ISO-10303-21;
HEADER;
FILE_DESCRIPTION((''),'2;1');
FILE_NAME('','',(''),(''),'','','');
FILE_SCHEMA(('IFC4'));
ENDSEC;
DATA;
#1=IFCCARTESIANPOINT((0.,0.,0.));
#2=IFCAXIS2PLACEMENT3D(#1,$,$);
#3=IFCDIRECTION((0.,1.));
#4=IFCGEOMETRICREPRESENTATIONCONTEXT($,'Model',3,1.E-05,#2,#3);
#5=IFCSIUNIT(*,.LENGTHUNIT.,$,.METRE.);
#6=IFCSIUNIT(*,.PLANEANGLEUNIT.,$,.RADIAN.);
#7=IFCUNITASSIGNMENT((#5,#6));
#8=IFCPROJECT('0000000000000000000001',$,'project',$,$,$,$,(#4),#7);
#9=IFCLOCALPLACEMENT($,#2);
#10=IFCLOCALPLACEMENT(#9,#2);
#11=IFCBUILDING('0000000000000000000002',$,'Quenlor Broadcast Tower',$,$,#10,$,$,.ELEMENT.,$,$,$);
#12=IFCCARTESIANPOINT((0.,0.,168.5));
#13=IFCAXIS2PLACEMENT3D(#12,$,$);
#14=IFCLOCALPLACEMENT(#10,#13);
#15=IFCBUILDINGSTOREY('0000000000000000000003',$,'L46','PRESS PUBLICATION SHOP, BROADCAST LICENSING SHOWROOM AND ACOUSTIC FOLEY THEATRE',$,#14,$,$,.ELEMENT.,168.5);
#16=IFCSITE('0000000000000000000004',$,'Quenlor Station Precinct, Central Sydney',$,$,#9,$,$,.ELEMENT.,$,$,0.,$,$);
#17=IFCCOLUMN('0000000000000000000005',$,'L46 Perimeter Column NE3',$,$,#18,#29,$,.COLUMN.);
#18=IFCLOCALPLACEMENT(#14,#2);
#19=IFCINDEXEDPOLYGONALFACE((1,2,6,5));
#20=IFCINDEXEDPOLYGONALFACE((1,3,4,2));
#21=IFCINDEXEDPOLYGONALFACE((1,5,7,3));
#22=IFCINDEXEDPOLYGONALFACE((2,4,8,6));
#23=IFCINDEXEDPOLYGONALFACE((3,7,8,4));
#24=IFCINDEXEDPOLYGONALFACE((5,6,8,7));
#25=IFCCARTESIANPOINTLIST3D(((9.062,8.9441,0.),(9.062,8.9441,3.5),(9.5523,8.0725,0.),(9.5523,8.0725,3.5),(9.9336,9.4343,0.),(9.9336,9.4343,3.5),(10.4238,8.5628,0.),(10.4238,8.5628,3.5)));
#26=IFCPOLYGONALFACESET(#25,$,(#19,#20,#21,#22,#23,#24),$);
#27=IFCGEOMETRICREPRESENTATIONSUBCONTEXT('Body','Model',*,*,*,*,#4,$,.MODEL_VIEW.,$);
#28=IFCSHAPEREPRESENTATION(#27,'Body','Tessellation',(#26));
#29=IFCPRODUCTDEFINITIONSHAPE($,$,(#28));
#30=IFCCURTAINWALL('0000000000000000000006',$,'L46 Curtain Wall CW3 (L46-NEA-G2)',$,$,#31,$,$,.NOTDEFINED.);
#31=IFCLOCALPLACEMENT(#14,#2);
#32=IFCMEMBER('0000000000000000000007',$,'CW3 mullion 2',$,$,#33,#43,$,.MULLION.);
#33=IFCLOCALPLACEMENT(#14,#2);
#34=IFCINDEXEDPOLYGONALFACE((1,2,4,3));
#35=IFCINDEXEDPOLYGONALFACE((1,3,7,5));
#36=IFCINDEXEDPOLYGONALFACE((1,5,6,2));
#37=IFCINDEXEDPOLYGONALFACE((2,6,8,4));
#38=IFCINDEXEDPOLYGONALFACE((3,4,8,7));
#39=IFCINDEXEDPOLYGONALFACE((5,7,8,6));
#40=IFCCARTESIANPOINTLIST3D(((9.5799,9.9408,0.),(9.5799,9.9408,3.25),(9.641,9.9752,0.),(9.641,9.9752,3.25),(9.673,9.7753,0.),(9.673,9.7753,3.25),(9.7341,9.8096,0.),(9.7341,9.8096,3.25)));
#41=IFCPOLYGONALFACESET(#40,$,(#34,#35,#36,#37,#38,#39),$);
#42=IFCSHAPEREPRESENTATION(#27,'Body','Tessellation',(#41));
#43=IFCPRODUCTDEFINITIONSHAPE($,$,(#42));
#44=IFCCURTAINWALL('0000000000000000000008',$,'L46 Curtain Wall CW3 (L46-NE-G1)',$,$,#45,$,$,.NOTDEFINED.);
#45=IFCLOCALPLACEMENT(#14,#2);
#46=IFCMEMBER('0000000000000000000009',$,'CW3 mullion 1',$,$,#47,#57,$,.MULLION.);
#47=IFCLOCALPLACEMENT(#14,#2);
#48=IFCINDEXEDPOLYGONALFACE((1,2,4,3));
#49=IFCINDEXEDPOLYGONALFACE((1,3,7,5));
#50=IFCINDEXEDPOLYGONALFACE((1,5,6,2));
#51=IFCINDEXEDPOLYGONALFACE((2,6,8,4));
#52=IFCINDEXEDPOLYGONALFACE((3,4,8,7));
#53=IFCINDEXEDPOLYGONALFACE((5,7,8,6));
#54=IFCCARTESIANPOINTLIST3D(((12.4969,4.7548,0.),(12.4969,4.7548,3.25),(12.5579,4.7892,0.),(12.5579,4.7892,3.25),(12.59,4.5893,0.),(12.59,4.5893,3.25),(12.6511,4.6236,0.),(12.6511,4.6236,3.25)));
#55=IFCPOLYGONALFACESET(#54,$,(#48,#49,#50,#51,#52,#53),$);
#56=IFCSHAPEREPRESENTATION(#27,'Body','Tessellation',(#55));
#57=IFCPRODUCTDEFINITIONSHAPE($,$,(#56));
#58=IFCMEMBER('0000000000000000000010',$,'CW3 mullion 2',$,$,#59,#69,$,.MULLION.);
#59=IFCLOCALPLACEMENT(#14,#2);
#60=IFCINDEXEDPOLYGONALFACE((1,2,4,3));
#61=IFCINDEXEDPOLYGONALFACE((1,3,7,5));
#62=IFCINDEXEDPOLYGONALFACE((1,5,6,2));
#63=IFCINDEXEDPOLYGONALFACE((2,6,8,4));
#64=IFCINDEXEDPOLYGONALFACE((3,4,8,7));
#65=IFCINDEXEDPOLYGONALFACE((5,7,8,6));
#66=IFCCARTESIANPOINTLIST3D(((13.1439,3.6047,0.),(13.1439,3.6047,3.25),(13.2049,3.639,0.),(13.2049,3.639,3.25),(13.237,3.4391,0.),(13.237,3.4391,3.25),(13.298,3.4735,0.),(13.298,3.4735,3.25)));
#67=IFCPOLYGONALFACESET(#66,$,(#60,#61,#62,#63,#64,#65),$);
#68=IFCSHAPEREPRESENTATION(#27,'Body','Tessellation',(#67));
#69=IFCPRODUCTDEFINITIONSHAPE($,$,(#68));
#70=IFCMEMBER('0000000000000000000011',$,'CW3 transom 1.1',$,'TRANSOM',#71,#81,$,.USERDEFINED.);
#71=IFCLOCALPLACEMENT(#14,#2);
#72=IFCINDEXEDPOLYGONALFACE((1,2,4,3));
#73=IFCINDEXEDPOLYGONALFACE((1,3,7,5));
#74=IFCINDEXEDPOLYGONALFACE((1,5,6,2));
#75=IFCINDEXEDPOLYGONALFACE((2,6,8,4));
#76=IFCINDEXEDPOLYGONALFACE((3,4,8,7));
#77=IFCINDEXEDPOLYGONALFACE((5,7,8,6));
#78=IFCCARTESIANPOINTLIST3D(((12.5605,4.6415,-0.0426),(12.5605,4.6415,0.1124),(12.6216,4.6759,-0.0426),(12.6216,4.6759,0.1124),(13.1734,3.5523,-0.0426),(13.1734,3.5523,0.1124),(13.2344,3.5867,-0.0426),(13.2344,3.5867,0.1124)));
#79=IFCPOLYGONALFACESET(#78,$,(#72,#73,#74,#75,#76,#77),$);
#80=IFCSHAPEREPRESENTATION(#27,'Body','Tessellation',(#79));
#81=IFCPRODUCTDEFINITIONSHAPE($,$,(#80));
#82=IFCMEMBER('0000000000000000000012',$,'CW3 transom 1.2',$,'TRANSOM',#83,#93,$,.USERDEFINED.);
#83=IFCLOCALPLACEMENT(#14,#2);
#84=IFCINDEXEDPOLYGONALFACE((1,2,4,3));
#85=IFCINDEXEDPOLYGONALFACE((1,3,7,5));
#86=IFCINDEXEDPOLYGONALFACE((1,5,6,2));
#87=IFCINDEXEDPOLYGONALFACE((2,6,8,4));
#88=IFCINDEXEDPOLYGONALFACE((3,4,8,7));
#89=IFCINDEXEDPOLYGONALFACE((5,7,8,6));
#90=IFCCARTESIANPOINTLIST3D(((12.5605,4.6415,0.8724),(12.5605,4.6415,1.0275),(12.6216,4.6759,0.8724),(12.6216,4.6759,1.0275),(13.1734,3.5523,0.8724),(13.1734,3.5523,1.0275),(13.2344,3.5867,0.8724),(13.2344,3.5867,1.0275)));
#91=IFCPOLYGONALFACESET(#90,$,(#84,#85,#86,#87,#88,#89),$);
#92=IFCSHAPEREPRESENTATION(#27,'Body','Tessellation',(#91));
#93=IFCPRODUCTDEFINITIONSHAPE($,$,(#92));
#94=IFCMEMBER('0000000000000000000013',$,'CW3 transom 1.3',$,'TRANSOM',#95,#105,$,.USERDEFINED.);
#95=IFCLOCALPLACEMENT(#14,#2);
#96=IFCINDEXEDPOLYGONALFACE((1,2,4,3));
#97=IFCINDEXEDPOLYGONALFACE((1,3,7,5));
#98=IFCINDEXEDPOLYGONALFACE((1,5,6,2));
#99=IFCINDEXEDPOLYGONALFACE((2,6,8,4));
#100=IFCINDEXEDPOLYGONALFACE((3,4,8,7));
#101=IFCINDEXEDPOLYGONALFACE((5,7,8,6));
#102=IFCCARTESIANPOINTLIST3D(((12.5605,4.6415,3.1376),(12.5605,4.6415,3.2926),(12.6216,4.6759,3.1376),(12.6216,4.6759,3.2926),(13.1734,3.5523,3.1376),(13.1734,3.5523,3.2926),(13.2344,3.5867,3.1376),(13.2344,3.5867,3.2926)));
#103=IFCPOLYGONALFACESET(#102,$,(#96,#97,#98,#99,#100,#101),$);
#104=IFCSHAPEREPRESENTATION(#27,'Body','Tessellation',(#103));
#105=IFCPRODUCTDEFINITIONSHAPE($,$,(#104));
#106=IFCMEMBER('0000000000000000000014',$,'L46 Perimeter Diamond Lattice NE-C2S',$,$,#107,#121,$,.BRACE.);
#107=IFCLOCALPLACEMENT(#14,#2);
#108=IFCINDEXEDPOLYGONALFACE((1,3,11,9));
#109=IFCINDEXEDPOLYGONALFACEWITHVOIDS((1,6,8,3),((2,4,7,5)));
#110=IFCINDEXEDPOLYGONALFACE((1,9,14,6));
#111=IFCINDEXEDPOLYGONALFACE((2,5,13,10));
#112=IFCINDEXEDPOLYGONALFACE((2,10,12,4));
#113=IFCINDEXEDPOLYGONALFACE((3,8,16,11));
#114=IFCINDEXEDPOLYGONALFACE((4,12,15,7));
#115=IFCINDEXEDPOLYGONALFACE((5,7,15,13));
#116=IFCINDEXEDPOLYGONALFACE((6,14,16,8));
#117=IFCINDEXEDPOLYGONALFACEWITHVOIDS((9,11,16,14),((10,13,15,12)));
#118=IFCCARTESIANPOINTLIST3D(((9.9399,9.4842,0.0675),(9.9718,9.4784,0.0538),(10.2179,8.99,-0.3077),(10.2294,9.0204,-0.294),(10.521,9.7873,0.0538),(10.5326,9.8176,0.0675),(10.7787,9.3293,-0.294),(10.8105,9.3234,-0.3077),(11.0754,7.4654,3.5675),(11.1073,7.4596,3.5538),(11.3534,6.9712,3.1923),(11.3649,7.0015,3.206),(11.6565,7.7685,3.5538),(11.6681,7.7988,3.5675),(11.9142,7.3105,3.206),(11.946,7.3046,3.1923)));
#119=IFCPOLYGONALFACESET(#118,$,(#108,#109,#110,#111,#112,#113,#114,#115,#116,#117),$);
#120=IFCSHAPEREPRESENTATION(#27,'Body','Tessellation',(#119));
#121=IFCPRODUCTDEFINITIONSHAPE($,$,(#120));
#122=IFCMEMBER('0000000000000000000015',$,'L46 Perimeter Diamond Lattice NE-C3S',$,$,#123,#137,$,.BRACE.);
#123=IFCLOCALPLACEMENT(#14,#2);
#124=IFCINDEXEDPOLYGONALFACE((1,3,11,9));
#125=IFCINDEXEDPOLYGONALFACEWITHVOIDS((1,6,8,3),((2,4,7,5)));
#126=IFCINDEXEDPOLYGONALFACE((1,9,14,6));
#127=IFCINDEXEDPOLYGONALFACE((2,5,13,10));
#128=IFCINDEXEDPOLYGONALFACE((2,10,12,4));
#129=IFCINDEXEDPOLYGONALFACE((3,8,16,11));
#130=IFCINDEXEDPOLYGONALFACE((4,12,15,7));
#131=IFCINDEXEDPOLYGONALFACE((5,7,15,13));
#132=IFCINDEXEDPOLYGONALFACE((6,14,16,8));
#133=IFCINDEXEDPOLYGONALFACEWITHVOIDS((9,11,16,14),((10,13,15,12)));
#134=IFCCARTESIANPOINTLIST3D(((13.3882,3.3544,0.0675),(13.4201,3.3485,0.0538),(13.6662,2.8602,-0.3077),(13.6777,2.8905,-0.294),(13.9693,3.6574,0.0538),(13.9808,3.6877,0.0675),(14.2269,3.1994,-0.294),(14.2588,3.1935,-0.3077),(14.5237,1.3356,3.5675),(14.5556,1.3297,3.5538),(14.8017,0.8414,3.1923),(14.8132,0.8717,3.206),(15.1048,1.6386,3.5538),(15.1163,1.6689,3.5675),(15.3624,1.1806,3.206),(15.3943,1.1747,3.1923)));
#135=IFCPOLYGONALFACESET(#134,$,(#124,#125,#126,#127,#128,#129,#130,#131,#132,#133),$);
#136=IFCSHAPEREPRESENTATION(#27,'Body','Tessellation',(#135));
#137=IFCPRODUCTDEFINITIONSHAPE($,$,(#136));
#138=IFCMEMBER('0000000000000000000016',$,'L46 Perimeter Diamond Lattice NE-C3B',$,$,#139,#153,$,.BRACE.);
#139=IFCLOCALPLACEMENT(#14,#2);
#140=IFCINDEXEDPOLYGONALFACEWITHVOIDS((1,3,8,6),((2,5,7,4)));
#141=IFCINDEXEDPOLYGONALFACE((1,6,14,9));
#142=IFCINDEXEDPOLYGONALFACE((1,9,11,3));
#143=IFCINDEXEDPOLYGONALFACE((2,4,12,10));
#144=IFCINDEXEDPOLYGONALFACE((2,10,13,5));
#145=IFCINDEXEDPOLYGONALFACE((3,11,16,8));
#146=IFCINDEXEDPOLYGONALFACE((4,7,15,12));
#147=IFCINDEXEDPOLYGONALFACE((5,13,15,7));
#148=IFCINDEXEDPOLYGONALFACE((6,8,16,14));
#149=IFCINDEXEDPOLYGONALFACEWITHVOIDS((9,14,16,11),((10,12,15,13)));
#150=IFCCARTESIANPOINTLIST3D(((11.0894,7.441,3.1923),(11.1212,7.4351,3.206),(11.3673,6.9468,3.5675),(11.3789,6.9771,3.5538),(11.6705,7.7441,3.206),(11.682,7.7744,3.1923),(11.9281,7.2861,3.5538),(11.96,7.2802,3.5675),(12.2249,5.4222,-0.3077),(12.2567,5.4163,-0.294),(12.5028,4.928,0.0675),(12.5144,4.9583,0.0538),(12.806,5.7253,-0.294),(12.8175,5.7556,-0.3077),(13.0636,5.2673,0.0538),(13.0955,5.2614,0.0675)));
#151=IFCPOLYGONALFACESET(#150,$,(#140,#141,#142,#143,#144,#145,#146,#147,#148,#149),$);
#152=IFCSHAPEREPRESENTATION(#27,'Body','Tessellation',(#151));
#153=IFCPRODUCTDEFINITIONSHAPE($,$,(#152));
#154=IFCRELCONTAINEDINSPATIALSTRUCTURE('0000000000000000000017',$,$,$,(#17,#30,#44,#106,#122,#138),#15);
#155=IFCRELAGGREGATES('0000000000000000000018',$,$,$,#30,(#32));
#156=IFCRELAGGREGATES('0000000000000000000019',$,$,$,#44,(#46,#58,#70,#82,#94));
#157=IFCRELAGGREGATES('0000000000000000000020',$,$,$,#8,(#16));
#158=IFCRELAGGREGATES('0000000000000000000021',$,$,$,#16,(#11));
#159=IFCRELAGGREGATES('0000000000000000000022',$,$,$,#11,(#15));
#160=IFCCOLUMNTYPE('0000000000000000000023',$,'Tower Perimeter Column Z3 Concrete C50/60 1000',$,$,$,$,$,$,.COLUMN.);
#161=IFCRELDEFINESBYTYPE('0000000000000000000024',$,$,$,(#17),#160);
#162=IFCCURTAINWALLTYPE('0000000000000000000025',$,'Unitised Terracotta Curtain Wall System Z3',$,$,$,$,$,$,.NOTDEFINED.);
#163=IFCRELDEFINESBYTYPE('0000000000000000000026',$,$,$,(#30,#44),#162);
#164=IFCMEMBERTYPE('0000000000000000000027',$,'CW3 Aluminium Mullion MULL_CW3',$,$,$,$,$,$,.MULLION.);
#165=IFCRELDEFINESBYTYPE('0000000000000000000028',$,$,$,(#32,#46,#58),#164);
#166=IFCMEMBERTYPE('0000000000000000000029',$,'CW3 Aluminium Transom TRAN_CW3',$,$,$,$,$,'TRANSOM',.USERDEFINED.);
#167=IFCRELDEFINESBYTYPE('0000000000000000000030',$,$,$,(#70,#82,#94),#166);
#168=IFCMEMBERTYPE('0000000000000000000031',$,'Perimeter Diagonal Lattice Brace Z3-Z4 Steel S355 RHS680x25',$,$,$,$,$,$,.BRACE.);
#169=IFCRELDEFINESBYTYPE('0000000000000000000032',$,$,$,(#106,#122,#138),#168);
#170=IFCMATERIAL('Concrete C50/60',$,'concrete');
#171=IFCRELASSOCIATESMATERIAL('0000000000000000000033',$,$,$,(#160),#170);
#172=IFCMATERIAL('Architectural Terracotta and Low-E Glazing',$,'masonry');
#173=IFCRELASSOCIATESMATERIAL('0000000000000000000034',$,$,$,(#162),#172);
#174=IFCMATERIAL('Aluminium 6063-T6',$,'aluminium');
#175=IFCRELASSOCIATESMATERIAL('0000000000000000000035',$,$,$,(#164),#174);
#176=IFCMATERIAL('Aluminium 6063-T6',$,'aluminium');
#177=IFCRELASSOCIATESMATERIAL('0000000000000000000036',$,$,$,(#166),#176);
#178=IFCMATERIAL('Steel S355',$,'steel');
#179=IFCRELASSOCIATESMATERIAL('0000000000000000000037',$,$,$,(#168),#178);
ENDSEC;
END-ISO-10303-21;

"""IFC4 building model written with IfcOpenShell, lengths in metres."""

from ifc_helpers import new_model, si_unit, direction, frame, origin, origin_2d, place, context, subcontext, project, spatial, rectangle, hollow_rectangle, extrude, material, material_profile, profile_set, type_object, element, aggregate, save


model = new_model("IFC4")

# Units and contexts
model_context = context("Model", 3, precision=1e-05, world=origin(), true_north=direction((0.0, 1.0)))
body_context = subcontext(model_context, "Body", "Model", "MODEL_VIEW")
ifc_project = project(units=[si_unit("LENGTHUNIT", "METRE"), si_unit("PLANEANGLEUNIT", "RADIAN")], contexts=[model_context])

# Site, building, storey
site_placement = place(None, origin())
site = spatial("IfcSite", under=ifc_project, at=site_placement, Name="Quenlor Station Precinct, Central Sydney", CompositionType="ELEMENT", RefElevation=0.0)
building_placement = place(site_placement, origin())
building = spatial("IfcBuilding", under=site, at=building_placement, Name="Quenlor Broadcast Tower", CompositionType="ELEMENT")
storey_placement = place(building_placement, frame((0.0, 0.0, 168.5)))
storey = spatial("IfcBuildingStorey", under=building, at=storey_placement, Name="L46", Description="PRESS PUBLICATION SHOP, BROADCAST LICENSING SHOWROOM AND ACOUSTIC FOLEY THEATRE", CompositionType="ELEMENT", Elevation=168.5)

# Column
ifc_material_1 = material(Name="Concrete C50/60", Category="concrete")
ifc_material_profile_1 = material_profile(ifc_material_1, rectangle(XDim=1.0, YDim=1.0, at=origin_2d()))
ifc_profile_set_1 = profile_set([ifc_material_profile_1], Name="Concrete C50/60 RC1000x1000")
column_type = type_object("IfcColumnType", Name="Tower Perimeter Column Z3 Concrete C50/60 1000", PredefinedType="COLUMN", material=ifc_profile_set_1)
column_placement = place(storey_placement, frame((9.7429, 8.7534, 0.0), z_axis=(0.0, 0.0, 1.0), x_axis=(0.871575, 0.490262, 0.0)))
element("IfcColumn", 1, at=column_placement, inside=storey, type_object=column_type, Name="L46 Perimeter Column NE3", PredefinedType="COLUMN", context=body_context, shape_type="SweptSolid", body=[
    extrude(rectangle(XDim=1.0, YDim=1.0, at=origin_2d()), origin(), (0.0, 0.0, 1.0), 3.5),
])

# Curtain wall, member
ifc_material_2 = material(Name="Architectural Terracotta and Low-E Glazing", Category="masonry")
curtain_wall_type = type_object("IfcCurtainWallType", Name="Unitised Terracotta Curtain Wall System Z3", PredefinedType="NOTDEFINED", material=ifc_material_2)
curtain_wall_1_placement = place(storey_placement, origin())
curtain_wall_1 = element("IfcCurtainWall", 2, at=curtain_wall_1_placement, inside=storey, type_object=curtain_wall_type, Name="L46 Curtain Wall CW3 (L46-NEA-G2)", PredefinedType="NOTDEFINED")
ifc_material_3 = material(Name="Aluminium 6063-T6", Category="aluminium")
ifc_material_profile_2 = material_profile(ifc_material_3, rectangle(XDim=0.0701, YDim=0.1899, at=origin_2d()))
ifc_profile_set_2 = profile_set([ifc_material_profile_2], Name="Aluminium 6063-T6 MULL70x190")
member_type_1 = type_object("IfcMemberType", Name="CW3 Aluminium Mullion MULL_CW3", PredefinedType="MULLION", material=ifc_profile_set_2)
member_1_placement = place(storey_placement, frame((9.657, 9.8752, 0.0), z_axis=(0.0, 0.0, 1.0), x_axis=(0.871601, 0.490216, 0.0)))
member_1 = element("IfcMember", 3, at=member_1_placement, type_object=member_type_1, Name="CW3 mullion 2", PredefinedType="MULLION", context=body_context, shape_type="SweptSolid", body=[
    extrude(rectangle(XDim=0.0701, YDim=0.1899, at=origin_2d()), origin(), (0.0, 0.0, 1.0), 3.25),
])

# Curtain wall, members
curtain_wall_2_placement = place(storey_placement, origin())
curtain_wall_2 = element("IfcCurtainWall", 4, at=curtain_wall_2_placement, inside=storey, type_object=curtain_wall_type, Name="L46 Curtain Wall CW3 (L46-NE-G1)", PredefinedType="NOTDEFINED")
member_2_placement = place(storey_placement, frame((12.574, 4.6892, 0.0), z_axis=(0.0, 0.0, 1.0), x_axis=(0.871562, 0.490285, 0.0)))
member_2 = element("IfcMember", 5, at=member_2_placement, type_object=member_type_1, Name="CW3 mullion 1", PredefinedType="MULLION", context=body_context, shape_type="SweptSolid", body=[
    extrude(rectangle(XDim=0.0701, YDim=0.1899, at=origin_2d()), origin(), (0.0, 0.0, 1.0), 3.25),
])
member_3_placement = place(storey_placement, frame((13.2209, 3.5391, 0.0), z_axis=(0.0, 0.0, 1.0), x_axis=(0.871562, 0.490285, 0.0)))
member_3 = element("IfcMember", 6, at=member_3_placement, type_object=member_type_1, Name="CW3 mullion 2", PredefinedType="MULLION", context=body_context, shape_type="SweptSolid", body=[
    extrude(rectangle(XDim=0.0701, YDim=0.1899, at=origin_2d()), origin(), (0.0, 0.0, 1.0), 3.25),
])
ifc_material_4 = material(Name="Aluminium 6063-T6", Category="aluminium")
ifc_material_profile_3 = material_profile(ifc_material_4, rectangle(XDim=0.0701, YDim=0.155, at=origin_2d()))
ifc_profile_set_3 = profile_set([ifc_material_profile_3], Name="Aluminium 6063-T6 TRAN70x155")
member_type_2 = type_object("IfcMemberType", Name="CW3 Aluminium Transom TRAN_CW3", ElementType="TRANSOM", PredefinedType="USERDEFINED", material=ifc_profile_set_3)
member_4_placement = place(storey_placement, frame((12.5911, 4.6587, 0.0349), z_axis=(0.490363, -0.871518, 0.0), x_axis=(0.871518, 0.490363, 0.0)))
member_4 = element("IfcMember", 7, at=member_4_placement, type_object=member_type_2, Name="CW3 transom 1.1", ObjectType="TRANSOM", PredefinedType="USERDEFINED", context=body_context, shape_type="SweptSolid", body=[
    extrude(rectangle(XDim=0.0701, YDim=0.155, at=origin_2d()), origin(), (0.0, 0.0, 1.0), 1.2498),
])
member_5_placement = place(storey_placement, frame((12.5911, 4.6587, 0.95), z_axis=(0.490363, -0.871518, 0.0), x_axis=(0.871518, 0.490363, 0.0)))
member_5 = element("IfcMember", 8, at=member_5_placement, type_object=member_type_2, Name="CW3 transom 1.2", ObjectType="TRANSOM", PredefinedType="USERDEFINED", context=body_context, shape_type="SweptSolid", body=[
    extrude(rectangle(XDim=0.0701, YDim=0.155, at=origin_2d()), origin(), (0.0, 0.0, 1.0), 1.2498),
])
member_6_placement = place(storey_placement, frame((12.5911, 4.6587, 3.2151), z_axis=(0.490363, -0.871518, 0.0), x_axis=(0.871518, 0.490363, 0.0)))
member_6 = element("IfcMember", 9, at=member_6_placement, type_object=member_type_2, Name="CW3 transom 1.3", ObjectType="TRANSOM", PredefinedType="USERDEFINED", context=body_context, shape_type="SweptSolid", body=[
    extrude(rectangle(XDim=0.0701, YDim=0.155, at=origin_2d()), origin(), (0.0, 0.0, 1.0), 1.2498),
])

# Members
ifc_material_5 = material(Name="Steel S355", Category="steel")
ifc_material_profile_4 = material_profile(ifc_material_5, hollow_rectangle(XDim=0.6799, YDim=0.6799, WallThickness=0.0249, at=origin_2d()))
ifc_profile_set_4 = profile_set([ifc_material_profile_4], Name="Steel S355 RHS680x680x25")
member_type_3 = type_object("IfcMemberType", Name="Perimeter Diagonal Lattice Brace Z3-Z4 Steel S355 RHS680x25", PredefinedType="BRACE", material=ifc_profile_set_4)
for number, where, z_axis, x_axis, name in (
    (10, (10.3752, 9.4038, -0.1201), (0.270549, -0.481009, 0.833927), (0.87159, 0.490236, 0.0), "L46 Perimeter Diamond Lattice NE-C2S"),
    (11, (13.8235, 3.2739, -0.1201), (0.270549, -0.481009, 0.833927), (0.87159, 0.490236, 0.0), "L46 Perimeter Diamond Lattice NE-C3S"),
    (12, (12.6602, 5.3418, -0.1201), (-0.270549, 0.481009, 0.833927), (-0.87159, -0.490236, 0.0), "L46 Perimeter Diamond Lattice NE-C3B"),
):
    element("IfcMember", number, at=place(storey_placement, frame(where, z_axis=z_axis, x_axis=x_axis)), inside=storey, type_object=member_type_3, Name=name, PredefinedType="BRACE", context=body_context, shape_type="SweptSolid", body=[
        extrude(hollow_rectangle(XDim=0.6799, YDim=0.6799, WallThickness=0.0249, at=origin_2d()), origin(), (0.0, 0.0, 1.0), 4.197),
    ])

aggregate(curtain_wall_1, [member_1])
aggregate(curtain_wall_2, [member_2, member_3, member_4, member_5, member_6])

save(model, "model.ifc")
